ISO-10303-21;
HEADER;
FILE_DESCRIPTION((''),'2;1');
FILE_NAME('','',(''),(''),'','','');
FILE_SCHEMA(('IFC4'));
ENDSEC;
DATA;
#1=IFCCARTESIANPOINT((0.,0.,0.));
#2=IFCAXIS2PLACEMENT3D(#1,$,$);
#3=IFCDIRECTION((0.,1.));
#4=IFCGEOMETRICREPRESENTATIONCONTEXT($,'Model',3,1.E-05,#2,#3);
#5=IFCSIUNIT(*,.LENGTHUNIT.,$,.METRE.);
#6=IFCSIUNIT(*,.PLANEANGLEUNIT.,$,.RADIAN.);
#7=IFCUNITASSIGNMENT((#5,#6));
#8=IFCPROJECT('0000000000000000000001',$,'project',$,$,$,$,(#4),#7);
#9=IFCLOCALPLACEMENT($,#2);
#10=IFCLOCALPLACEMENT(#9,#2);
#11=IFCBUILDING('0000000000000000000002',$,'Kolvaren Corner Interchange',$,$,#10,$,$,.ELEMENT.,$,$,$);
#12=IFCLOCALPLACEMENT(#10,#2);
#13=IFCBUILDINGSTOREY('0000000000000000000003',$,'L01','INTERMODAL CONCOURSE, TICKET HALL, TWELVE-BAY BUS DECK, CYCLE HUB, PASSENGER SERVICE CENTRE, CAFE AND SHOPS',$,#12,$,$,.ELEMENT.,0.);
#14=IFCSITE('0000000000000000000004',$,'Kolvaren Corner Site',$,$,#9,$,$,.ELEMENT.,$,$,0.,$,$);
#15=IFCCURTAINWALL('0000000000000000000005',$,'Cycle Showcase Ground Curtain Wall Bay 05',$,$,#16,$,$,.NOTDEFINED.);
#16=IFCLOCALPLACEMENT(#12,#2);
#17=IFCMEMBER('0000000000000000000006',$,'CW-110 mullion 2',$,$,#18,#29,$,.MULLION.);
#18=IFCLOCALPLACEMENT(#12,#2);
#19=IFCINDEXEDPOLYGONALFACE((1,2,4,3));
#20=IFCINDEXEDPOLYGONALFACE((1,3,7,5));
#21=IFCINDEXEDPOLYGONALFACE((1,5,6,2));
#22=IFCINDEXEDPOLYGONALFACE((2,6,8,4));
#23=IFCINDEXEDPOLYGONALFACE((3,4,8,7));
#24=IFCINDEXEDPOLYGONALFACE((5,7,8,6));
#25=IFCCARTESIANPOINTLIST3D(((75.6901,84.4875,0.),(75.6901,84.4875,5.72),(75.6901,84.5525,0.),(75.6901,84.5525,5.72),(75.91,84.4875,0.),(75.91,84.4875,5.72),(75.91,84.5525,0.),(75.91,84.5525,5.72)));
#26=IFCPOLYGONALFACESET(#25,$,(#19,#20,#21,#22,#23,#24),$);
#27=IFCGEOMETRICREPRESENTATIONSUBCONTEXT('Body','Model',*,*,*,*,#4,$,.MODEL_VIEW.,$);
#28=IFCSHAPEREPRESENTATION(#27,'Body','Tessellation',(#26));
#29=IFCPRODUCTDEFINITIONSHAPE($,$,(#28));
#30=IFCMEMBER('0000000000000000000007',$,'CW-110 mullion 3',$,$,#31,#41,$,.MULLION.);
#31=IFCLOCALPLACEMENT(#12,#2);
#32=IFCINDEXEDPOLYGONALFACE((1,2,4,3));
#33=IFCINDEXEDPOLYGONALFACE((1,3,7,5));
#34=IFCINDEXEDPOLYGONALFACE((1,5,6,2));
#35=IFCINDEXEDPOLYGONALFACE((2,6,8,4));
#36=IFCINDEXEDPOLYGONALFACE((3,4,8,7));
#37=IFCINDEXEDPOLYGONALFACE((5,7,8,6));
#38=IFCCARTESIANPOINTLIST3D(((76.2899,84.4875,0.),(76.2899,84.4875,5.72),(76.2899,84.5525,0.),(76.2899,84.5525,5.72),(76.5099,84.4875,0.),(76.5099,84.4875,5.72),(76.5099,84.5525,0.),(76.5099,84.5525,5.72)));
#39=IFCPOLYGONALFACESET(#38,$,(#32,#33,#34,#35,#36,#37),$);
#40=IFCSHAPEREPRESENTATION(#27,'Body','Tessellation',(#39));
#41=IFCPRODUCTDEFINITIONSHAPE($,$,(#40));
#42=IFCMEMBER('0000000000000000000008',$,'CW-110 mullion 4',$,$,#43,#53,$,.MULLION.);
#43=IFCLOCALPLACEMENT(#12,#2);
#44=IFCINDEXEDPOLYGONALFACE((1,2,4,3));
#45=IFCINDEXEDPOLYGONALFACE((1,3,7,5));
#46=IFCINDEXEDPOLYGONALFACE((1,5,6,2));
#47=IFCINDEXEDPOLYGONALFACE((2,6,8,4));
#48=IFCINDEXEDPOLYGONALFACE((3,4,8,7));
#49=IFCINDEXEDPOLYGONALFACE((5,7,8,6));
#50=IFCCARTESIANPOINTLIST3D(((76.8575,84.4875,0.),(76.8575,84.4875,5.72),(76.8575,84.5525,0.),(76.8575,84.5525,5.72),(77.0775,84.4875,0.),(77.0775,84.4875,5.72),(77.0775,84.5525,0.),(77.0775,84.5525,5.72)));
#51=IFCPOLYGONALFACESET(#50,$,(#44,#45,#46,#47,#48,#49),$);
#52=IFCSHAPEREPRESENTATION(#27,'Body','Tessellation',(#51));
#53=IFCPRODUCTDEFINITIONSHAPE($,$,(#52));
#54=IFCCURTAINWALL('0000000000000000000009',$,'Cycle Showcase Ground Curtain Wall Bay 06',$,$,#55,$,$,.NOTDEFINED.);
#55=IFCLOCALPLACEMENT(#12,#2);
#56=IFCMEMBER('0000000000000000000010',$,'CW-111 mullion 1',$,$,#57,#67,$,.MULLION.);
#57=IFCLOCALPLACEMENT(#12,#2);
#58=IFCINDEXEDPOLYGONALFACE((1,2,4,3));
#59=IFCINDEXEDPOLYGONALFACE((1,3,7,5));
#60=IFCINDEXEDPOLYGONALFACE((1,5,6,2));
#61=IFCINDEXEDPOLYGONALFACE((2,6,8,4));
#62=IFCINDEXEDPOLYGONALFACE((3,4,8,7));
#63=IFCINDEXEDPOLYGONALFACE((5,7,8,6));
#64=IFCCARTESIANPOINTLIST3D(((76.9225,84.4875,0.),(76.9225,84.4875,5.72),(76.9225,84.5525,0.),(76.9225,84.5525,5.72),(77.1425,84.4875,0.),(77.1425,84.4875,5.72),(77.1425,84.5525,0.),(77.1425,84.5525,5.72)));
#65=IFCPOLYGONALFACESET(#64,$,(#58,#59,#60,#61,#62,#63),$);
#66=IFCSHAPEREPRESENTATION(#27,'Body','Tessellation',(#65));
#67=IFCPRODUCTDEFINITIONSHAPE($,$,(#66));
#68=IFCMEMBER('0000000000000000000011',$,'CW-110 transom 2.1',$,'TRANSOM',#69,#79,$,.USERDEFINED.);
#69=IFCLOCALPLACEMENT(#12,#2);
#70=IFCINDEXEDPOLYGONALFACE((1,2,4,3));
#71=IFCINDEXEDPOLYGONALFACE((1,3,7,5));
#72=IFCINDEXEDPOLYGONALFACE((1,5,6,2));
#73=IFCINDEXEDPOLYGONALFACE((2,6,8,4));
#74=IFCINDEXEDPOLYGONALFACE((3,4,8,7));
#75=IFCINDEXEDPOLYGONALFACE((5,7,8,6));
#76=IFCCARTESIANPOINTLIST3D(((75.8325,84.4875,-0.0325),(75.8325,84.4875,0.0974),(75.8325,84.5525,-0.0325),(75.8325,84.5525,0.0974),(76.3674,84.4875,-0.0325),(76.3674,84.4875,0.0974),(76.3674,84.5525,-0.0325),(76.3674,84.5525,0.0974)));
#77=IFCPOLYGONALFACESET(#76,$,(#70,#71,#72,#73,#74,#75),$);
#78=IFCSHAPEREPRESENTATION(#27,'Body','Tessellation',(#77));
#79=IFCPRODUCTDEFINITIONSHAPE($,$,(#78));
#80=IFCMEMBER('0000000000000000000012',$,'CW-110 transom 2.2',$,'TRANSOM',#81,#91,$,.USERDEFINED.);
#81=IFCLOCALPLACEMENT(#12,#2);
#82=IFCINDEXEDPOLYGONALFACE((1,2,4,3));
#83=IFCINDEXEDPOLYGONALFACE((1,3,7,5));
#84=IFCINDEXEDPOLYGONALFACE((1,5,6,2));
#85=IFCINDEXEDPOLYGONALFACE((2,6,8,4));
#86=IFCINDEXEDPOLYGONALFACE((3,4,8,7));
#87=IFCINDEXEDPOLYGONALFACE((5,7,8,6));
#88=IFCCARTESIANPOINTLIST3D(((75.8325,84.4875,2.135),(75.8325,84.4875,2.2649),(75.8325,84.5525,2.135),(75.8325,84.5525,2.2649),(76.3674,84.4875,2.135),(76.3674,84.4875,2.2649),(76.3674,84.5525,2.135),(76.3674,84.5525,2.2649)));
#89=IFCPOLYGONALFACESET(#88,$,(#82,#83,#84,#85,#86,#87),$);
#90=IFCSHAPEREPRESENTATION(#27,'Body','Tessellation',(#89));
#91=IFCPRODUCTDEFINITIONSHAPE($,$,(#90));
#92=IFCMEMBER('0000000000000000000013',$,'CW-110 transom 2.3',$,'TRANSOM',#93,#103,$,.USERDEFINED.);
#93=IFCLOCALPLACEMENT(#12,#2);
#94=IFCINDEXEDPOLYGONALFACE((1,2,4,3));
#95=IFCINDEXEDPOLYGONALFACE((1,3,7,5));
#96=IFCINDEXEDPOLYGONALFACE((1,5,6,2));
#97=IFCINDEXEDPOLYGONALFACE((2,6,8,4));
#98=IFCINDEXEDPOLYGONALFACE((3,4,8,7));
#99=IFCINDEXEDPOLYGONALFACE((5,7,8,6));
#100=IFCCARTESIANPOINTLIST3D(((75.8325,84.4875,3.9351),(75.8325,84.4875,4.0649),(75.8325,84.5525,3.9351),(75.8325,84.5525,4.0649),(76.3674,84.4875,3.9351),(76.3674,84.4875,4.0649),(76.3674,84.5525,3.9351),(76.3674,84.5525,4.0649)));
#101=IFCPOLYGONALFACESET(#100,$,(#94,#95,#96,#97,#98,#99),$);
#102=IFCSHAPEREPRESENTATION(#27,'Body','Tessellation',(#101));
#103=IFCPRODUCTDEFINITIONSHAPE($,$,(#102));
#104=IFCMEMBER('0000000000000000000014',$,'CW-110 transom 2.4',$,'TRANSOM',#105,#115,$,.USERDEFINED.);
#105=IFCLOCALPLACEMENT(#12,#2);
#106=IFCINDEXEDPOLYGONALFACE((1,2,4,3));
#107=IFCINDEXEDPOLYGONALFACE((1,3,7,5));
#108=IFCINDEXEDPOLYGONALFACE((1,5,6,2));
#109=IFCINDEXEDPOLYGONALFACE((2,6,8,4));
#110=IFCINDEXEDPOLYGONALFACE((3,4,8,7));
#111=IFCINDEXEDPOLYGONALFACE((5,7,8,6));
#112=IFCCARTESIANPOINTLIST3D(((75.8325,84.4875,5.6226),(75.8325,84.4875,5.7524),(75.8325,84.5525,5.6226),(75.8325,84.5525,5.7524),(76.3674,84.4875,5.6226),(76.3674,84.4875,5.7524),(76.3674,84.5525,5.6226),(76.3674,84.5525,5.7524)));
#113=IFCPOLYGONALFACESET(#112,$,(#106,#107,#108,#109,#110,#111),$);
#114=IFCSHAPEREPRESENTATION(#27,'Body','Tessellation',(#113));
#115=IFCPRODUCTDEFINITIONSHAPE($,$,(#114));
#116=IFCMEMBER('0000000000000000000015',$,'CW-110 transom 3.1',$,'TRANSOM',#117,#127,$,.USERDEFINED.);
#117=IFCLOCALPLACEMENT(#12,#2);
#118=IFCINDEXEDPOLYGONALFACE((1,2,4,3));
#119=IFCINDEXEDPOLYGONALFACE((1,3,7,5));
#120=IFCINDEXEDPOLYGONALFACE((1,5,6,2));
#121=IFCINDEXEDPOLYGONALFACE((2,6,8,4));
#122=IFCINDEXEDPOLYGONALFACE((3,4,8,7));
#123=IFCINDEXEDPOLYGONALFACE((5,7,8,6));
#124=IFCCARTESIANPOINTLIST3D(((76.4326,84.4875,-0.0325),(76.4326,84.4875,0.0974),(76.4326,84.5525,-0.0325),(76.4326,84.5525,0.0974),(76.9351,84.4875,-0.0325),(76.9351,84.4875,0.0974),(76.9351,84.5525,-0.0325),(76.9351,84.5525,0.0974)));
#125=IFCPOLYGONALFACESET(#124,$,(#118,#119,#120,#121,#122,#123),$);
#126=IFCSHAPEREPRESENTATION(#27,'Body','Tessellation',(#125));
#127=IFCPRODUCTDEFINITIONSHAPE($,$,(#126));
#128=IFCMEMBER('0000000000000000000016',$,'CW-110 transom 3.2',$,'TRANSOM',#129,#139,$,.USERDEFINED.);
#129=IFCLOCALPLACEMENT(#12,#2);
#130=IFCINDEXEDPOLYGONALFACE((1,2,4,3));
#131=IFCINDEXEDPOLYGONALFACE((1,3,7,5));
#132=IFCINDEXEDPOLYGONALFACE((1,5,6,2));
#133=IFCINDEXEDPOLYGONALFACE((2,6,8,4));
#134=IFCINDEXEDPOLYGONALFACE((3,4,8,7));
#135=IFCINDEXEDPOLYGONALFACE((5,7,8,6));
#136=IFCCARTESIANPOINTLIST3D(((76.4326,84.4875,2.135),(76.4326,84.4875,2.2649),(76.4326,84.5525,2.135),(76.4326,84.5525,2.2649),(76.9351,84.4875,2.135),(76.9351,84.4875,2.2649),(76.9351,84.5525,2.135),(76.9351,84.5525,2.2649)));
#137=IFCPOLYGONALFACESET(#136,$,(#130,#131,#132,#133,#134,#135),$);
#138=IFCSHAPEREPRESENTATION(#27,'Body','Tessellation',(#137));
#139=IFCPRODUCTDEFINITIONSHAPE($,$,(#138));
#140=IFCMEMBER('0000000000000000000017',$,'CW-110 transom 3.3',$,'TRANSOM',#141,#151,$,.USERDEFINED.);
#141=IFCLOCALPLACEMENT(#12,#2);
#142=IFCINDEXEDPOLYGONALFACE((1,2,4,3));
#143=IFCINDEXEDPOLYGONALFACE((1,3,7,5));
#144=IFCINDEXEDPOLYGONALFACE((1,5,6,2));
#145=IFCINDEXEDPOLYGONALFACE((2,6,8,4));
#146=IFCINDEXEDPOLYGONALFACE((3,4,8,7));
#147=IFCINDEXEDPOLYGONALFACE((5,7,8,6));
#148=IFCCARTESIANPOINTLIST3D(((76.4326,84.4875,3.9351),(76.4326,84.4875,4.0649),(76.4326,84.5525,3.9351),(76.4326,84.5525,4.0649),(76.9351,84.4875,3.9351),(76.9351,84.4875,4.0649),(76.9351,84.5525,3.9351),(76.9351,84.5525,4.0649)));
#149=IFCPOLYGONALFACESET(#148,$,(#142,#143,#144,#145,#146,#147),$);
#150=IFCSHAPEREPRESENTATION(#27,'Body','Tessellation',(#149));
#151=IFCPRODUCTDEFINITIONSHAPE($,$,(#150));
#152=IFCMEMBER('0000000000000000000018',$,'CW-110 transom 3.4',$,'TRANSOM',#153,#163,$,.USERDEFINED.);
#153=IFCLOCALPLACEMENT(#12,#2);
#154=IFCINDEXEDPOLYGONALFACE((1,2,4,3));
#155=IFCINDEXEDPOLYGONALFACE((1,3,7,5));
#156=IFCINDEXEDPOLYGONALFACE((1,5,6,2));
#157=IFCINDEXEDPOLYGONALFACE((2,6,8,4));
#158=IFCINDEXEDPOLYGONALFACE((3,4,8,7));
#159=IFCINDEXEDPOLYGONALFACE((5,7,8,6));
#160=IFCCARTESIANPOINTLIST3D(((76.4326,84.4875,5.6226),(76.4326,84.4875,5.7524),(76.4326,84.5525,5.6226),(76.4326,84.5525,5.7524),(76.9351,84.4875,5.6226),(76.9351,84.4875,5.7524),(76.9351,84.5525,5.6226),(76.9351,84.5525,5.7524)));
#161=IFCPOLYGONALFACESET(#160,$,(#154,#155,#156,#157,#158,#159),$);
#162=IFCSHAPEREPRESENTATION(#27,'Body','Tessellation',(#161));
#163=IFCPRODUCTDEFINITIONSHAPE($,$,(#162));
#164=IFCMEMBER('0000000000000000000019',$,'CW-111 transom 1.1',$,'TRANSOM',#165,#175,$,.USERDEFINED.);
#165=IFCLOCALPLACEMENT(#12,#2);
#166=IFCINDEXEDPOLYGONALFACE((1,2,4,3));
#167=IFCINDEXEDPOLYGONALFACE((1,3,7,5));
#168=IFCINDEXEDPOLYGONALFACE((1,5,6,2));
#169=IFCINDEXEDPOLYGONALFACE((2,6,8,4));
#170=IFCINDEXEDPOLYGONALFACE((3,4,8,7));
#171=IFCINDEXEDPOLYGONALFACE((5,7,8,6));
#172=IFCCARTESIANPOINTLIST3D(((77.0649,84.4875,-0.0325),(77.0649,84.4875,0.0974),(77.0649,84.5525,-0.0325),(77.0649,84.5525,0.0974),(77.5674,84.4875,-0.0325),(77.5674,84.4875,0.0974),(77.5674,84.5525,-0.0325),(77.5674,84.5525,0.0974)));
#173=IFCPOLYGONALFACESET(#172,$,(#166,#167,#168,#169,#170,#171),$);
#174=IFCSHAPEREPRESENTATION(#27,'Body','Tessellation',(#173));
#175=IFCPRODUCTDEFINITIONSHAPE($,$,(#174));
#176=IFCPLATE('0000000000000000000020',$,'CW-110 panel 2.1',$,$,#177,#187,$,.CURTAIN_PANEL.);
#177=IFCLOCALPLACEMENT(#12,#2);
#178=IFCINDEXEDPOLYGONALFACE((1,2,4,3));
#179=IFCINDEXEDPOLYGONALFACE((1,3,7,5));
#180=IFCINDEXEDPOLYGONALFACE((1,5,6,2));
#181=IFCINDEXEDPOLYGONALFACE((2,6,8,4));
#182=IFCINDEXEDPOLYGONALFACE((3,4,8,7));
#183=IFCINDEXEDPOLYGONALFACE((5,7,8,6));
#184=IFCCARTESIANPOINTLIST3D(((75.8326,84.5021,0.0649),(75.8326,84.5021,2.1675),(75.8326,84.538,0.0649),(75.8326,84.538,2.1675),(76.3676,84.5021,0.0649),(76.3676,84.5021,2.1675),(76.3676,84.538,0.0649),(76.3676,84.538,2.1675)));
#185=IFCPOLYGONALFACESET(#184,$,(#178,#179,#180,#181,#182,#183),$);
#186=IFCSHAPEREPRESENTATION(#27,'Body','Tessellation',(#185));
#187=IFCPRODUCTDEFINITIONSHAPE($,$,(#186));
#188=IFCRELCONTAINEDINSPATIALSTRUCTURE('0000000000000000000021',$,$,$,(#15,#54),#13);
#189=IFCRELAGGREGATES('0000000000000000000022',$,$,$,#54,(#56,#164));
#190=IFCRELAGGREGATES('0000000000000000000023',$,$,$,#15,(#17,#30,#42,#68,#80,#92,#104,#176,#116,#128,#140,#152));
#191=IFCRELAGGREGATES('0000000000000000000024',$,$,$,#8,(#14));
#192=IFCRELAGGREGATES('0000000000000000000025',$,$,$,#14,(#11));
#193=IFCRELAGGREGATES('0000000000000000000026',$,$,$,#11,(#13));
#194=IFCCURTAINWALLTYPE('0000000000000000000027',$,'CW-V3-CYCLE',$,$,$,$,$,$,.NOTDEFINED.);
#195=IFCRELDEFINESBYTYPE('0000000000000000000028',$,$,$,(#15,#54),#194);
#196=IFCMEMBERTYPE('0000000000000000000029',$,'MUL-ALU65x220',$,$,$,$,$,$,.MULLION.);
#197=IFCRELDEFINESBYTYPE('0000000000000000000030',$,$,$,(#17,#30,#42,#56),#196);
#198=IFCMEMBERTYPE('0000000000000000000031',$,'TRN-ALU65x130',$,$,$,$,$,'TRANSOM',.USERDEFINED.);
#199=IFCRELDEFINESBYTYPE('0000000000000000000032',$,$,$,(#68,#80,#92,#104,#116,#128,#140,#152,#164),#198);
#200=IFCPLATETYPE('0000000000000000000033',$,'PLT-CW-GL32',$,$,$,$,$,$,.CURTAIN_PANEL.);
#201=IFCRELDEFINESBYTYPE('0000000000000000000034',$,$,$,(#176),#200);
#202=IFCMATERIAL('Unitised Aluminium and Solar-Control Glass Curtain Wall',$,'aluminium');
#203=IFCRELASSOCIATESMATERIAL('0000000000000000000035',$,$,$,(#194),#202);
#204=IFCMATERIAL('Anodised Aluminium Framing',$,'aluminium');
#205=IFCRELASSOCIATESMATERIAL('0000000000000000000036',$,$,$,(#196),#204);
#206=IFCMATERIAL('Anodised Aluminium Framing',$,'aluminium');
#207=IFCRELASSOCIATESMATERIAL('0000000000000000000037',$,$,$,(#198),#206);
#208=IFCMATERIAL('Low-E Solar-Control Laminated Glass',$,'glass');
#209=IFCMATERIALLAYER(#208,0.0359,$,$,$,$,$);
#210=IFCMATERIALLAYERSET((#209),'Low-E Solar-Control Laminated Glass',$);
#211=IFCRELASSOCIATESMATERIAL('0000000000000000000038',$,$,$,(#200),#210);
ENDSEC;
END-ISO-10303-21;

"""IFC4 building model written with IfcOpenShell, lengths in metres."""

from ifc_helpers import new_model, si_unit, direction, frame, origin, origin_2d, place, context, subcontext, project, spatial, rectangle, extrude, material, layer, layer_set, material_profile, profile_set, type_object, element, aggregate, save


model = new_model("IFC4")

# Units and contexts
model_context = context("Model", 3, precision=1e-05, world=origin(), true_north=direction((0.0, 1.0)))
body_context = subcontext(model_context, "Body", "Model", "MODEL_VIEW")
ifc_project = project(units=[si_unit("LENGTHUNIT", "METRE"), si_unit("PLANEANGLEUNIT", "RADIAN")], contexts=[model_context])

# Site, building, storey
site_placement = place(None, origin())
site = spatial("IfcSite", under=ifc_project, at=site_placement, Name="Kolvaren Corner Site", CompositionType="ELEMENT", RefElevation=0.0)
building_placement = place(site_placement, origin())
building = spatial("IfcBuilding", under=site, at=building_placement, Name="Kolvaren Corner Interchange", CompositionType="ELEMENT")
storey_placement = place(building_placement, origin())
storey = spatial("IfcBuildingStorey", under=building, at=storey_placement, Name="L01", Description="INTERMODAL CONCOURSE, TICKET HALL, TWELVE-BAY BUS DECK, CYCLE HUB, PASSENGER SERVICE CENTRE, CAFE AND SHOPS", CompositionType="ELEMENT", Elevation=0.0)

# Curtain wall, members
ifc_material_1 = material(Name="Unitised Aluminium and Solar-Control Glass Curtain Wall", Category="aluminium")
curtain_wall_type = type_object("IfcCurtainWallType", Name="CW-V3-CYCLE", PredefinedType="NOTDEFINED", material=ifc_material_1)
curtain_wall_1_placement = place(storey_placement, origin())
curtain_wall_1 = element("IfcCurtainWall", 1, at=curtain_wall_1_placement, inside=storey, type_object=curtain_wall_type, Name="Cycle Showcase Ground Curtain Wall Bay 05", PredefinedType="NOTDEFINED")
ifc_material_2 = material(Name="Anodised Aluminium Framing", Category="aluminium")
ifc_material_profile_1 = material_profile(ifc_material_2, rectangle(XDim=0.0649, YDim=0.22, at=origin_2d()), Name="ALU 65x220")
ifc_profile_set_1 = profile_set([ifc_material_profile_1], Name="Anodised Aluminium Framing")
member_type_1 = type_object("IfcMemberType", Name="MUL-ALU65x220", PredefinedType="MULLION", material=ifc_profile_set_1)
member_1_placement = place(storey_placement, frame((75.8, 84.52, 0.0), z_axis=(0.0, 0.0, 1.0), x_axis=(0.0, 1.0, 0.0)))
member_1 = element("IfcMember", 2, at=member_1_placement, type_object=member_type_1, Name="CW-110 mullion 2", PredefinedType="MULLION", context=body_context, shape_type="SweptSolid", body=[
    extrude(rectangle(XDim=0.0649, YDim=0.22, at=origin_2d()), origin(), (0.0, 0.0, 1.0), 5.72),
])
member_2_placement = place(storey_placement, frame((76.3999, 84.52, 0.0), z_axis=(0.0, 0.0, 1.0), x_axis=(0.0, 1.0, 0.0)))
member_2 = element("IfcMember", 3, at=member_2_placement, type_object=member_type_1, Name="CW-110 mullion 3", PredefinedType="MULLION", context=body_context, shape_type="SweptSolid", body=[
    extrude(rectangle(XDim=0.0649, YDim=0.22, at=origin_2d()), origin(), (0.0, 0.0, 1.0), 5.72),
])
member_3_placement = place(storey_placement, frame((76.9675, 84.52, 0.0), z_axis=(0.0, 0.0, 1.0), x_axis=(0.0, 1.0, 0.0)))
member_3 = element("IfcMember", 4, at=member_3_placement, type_object=member_type_1, Name="CW-110 mullion 4", PredefinedType="MULLION", context=body_context, shape_type="SweptSolid", body=[
    extrude(rectangle(XDim=0.0649, YDim=0.22, at=origin_2d()), origin(), (0.0, 0.0, 1.0), 5.72),
])

# Curtain wall, member
curtain_wall_2_placement = place(storey_placement, origin())
curtain_wall_2 = element("IfcCurtainWall", 5, at=curtain_wall_2_placement, inside=storey, type_object=curtain_wall_type, Name="Cycle Showcase Ground Curtain Wall Bay 06", PredefinedType="NOTDEFINED")
member_4_placement = place(storey_placement, frame((77.0325, 84.52, 0.0), z_axis=(0.0, 0.0, 1.0), x_axis=(0.0, 1.0, 0.0)))
member_4 = element("IfcMember", 6, at=member_4_placement, type_object=member_type_1, Name="CW-111 mullion 1", PredefinedType="MULLION", context=body_context, shape_type="SweptSolid", body=[
    extrude(rectangle(XDim=0.0649, YDim=0.22, at=origin_2d()), origin(), (0.0, 0.0, 1.0), 5.72),
])

# Members
ifc_material_3 = material(Name="Anodised Aluminium Framing", Category="aluminium")
ifc_material_profile_2 = material_profile(ifc_material_3, rectangle(XDim=0.0649, YDim=0.1299, at=origin_2d()), Name="ALU 65x130")
ifc_profile_set_2 = profile_set([ifc_material_profile_2], Name="Anodised Aluminium Framing")
member_type_2 = type_object("IfcMemberType", Name="TRN-ALU65x130", ElementType="TRANSOM", PredefinedType="USERDEFINED", material=ifc_profile_set_2)
member_5_placement = place(storey_placement, frame((75.8325, 84.52, 0.0325), z_axis=(1.0, 0.0, 0.0), x_axis=(0.0, 1.0, 0.0)))
member_5 = element("IfcMember", 7, at=member_5_placement, type_object=member_type_2, Name="CW-110 transom 2.1", ObjectType="TRANSOM", PredefinedType="USERDEFINED", context=body_context, shape_type="SweptSolid", body=[
    extrude(rectangle(XDim=0.0649, YDim=0.1299, at=origin_2d()), origin(), (0.0, 0.0, 1.0), 0.5349),
])
member_6_placement = place(storey_placement, frame((75.8325, 84.52, 2.2), z_axis=(1.0, 0.0, 0.0), x_axis=(0.0, 1.0, 0.0)))
member_6 = element("IfcMember", 8, at=member_6_placement, type_object=member_type_2, Name="CW-110 transom 2.2", ObjectType="TRANSOM", PredefinedType="USERDEFINED", context=body_context, shape_type="SweptSolid", body=[
    extrude(rectangle(XDim=0.0649, YDim=0.1299, at=origin_2d()), origin(), (0.0, 0.0, 1.0), 0.5349),
])
member_7_placement = place(storey_placement, frame((75.8325, 84.52, 4.0), z_axis=(1.0, 0.0, 0.0), x_axis=(0.0, 1.0, 0.0)))
member_7 = element("IfcMember", 9, at=member_7_placement, type_object=member_type_2, Name="CW-110 transom 2.3", ObjectType="TRANSOM", PredefinedType="USERDEFINED", context=body_context, shape_type="SweptSolid", body=[
    extrude(rectangle(XDim=0.0649, YDim=0.1299, at=origin_2d()), origin(), (0.0, 0.0, 1.0), 0.5349),
])
member_8_placement = place(storey_placement, frame((75.8325, 84.52, 5.6875), z_axis=(1.0, 0.0, 0.0), x_axis=(0.0, 1.0, 0.0)))
member_8 = element("IfcMember", 10, at=member_8_placement, type_object=member_type_2, Name="CW-110 transom 2.4", ObjectType="TRANSOM", PredefinedType="USERDEFINED", context=body_context, shape_type="SweptSolid", body=[
    extrude(rectangle(XDim=0.0649, YDim=0.1299, at=origin_2d()), origin(), (0.0, 0.0, 1.0), 0.5349),
])
member_9_placement = place(storey_placement, frame((76.4326, 84.52, 0.0325), z_axis=(1.0, 0.0, 0.0), x_axis=(0.0, 1.0, 0.0)))
member_9 = element("IfcMember", 11, at=member_9_placement, type_object=member_type_2, Name="CW-110 transom 3.1", ObjectType="TRANSOM", PredefinedType="USERDEFINED", context=body_context, shape_type="SweptSolid", body=[
    extrude(rectangle(XDim=0.0649, YDim=0.1299, at=origin_2d()), origin(), (0.0, 0.0, 1.0), 0.5024),
])
member_10_placement = place(storey_placement, frame((76.4326, 84.52, 2.2), z_axis=(1.0, 0.0, 0.0), x_axis=(0.0, 1.0, 0.0)))
member_10 = element("IfcMember", 12, at=member_10_placement, type_object=member_type_2, Name="CW-110 transom 3.2", ObjectType="TRANSOM", PredefinedType="USERDEFINED", context=body_context, shape_type="SweptSolid", body=[
    extrude(rectangle(XDim=0.0649, YDim=0.1299, at=origin_2d()), origin(), (0.0, 0.0, 1.0), 0.5024),
])
member_11_placement = place(storey_placement, frame((76.4326, 84.52, 4.0), z_axis=(1.0, 0.0, 0.0), x_axis=(0.0, 1.0, 0.0)))
member_11 = element("IfcMember", 13, at=member_11_placement, type_object=member_type_2, Name="CW-110 transom 3.3", ObjectType="TRANSOM", PredefinedType="USERDEFINED", context=body_context, shape_type="SweptSolid", body=[
    extrude(rectangle(XDim=0.0649, YDim=0.1299, at=origin_2d()), origin(), (0.0, 0.0, 1.0), 0.5024),
])
member_12_placement = place(storey_placement, frame((76.4326, 84.52, 5.6875), z_axis=(1.0, 0.0, 0.0), x_axis=(0.0, 1.0, 0.0)))
member_12 = element("IfcMember", 14, at=member_12_placement, type_object=member_type_2, Name="CW-110 transom 3.4", ObjectType="TRANSOM", PredefinedType="USERDEFINED", context=body_context, shape_type="SweptSolid", body=[
    extrude(rectangle(XDim=0.0649, YDim=0.1299, at=origin_2d()), origin(), (0.0, 0.0, 1.0), 0.5024),
])
member_13_placement = place(storey_placement, frame((77.0649, 84.52, 0.0325), z_axis=(1.0, 0.0, 0.0), x_axis=(0.0, 1.0, 0.0)))
member_13 = element("IfcMember", 15, at=member_13_placement, type_object=member_type_2, Name="CW-111 transom 1.1", ObjectType="TRANSOM", PredefinedType="USERDEFINED", context=body_context, shape_type="SweptSolid", body=[
    extrude(rectangle(XDim=0.0649, YDim=0.1299, at=origin_2d()), origin(), (0.0, 0.0, 1.0), 0.5024),
])
aggregate(curtain_wall_2, [member_4, member_13])

# Plate
ifc_material_4 = material(Name="Low-E Solar-Control Laminated Glass", Category="glass")
ifc_layer_1 = layer(ifc_material_4, 0.0359)
ifc_layer_set_1 = layer_set([ifc_layer_1], Name="Low-E Solar-Control Laminated Glass")
plate_type = type_object("IfcPlateType", Name="PLT-CW-GL32", PredefinedType="CURTAIN_PANEL", material=ifc_layer_set_1)
plate_1_placement = place(storey_placement, frame((76.1001, 84.52, 0.0649), z_axis=(0.0, 0.0, 1.0), x_axis=(1.0, 0.0, 0.0)))
plate_1 = element("IfcPlate", 16, at=plate_1_placement, type_object=plate_type, Name="CW-110 panel 2.1", PredefinedType="CURTAIN_PANEL", context=body_context, shape_type="SweptSolid", body=[
    extrude(rectangle(XDim=0.5349, YDim=0.0359, at=origin_2d()), origin(), (0.0, 0.0, 1.0), 2.1025),
])
aggregate(curtain_wall_1, [member_1, member_2, member_3, member_5, member_6, member_7, member_8, plate_1, member_9, member_10, member_11, member_12])

save(model, "model.ifc")
